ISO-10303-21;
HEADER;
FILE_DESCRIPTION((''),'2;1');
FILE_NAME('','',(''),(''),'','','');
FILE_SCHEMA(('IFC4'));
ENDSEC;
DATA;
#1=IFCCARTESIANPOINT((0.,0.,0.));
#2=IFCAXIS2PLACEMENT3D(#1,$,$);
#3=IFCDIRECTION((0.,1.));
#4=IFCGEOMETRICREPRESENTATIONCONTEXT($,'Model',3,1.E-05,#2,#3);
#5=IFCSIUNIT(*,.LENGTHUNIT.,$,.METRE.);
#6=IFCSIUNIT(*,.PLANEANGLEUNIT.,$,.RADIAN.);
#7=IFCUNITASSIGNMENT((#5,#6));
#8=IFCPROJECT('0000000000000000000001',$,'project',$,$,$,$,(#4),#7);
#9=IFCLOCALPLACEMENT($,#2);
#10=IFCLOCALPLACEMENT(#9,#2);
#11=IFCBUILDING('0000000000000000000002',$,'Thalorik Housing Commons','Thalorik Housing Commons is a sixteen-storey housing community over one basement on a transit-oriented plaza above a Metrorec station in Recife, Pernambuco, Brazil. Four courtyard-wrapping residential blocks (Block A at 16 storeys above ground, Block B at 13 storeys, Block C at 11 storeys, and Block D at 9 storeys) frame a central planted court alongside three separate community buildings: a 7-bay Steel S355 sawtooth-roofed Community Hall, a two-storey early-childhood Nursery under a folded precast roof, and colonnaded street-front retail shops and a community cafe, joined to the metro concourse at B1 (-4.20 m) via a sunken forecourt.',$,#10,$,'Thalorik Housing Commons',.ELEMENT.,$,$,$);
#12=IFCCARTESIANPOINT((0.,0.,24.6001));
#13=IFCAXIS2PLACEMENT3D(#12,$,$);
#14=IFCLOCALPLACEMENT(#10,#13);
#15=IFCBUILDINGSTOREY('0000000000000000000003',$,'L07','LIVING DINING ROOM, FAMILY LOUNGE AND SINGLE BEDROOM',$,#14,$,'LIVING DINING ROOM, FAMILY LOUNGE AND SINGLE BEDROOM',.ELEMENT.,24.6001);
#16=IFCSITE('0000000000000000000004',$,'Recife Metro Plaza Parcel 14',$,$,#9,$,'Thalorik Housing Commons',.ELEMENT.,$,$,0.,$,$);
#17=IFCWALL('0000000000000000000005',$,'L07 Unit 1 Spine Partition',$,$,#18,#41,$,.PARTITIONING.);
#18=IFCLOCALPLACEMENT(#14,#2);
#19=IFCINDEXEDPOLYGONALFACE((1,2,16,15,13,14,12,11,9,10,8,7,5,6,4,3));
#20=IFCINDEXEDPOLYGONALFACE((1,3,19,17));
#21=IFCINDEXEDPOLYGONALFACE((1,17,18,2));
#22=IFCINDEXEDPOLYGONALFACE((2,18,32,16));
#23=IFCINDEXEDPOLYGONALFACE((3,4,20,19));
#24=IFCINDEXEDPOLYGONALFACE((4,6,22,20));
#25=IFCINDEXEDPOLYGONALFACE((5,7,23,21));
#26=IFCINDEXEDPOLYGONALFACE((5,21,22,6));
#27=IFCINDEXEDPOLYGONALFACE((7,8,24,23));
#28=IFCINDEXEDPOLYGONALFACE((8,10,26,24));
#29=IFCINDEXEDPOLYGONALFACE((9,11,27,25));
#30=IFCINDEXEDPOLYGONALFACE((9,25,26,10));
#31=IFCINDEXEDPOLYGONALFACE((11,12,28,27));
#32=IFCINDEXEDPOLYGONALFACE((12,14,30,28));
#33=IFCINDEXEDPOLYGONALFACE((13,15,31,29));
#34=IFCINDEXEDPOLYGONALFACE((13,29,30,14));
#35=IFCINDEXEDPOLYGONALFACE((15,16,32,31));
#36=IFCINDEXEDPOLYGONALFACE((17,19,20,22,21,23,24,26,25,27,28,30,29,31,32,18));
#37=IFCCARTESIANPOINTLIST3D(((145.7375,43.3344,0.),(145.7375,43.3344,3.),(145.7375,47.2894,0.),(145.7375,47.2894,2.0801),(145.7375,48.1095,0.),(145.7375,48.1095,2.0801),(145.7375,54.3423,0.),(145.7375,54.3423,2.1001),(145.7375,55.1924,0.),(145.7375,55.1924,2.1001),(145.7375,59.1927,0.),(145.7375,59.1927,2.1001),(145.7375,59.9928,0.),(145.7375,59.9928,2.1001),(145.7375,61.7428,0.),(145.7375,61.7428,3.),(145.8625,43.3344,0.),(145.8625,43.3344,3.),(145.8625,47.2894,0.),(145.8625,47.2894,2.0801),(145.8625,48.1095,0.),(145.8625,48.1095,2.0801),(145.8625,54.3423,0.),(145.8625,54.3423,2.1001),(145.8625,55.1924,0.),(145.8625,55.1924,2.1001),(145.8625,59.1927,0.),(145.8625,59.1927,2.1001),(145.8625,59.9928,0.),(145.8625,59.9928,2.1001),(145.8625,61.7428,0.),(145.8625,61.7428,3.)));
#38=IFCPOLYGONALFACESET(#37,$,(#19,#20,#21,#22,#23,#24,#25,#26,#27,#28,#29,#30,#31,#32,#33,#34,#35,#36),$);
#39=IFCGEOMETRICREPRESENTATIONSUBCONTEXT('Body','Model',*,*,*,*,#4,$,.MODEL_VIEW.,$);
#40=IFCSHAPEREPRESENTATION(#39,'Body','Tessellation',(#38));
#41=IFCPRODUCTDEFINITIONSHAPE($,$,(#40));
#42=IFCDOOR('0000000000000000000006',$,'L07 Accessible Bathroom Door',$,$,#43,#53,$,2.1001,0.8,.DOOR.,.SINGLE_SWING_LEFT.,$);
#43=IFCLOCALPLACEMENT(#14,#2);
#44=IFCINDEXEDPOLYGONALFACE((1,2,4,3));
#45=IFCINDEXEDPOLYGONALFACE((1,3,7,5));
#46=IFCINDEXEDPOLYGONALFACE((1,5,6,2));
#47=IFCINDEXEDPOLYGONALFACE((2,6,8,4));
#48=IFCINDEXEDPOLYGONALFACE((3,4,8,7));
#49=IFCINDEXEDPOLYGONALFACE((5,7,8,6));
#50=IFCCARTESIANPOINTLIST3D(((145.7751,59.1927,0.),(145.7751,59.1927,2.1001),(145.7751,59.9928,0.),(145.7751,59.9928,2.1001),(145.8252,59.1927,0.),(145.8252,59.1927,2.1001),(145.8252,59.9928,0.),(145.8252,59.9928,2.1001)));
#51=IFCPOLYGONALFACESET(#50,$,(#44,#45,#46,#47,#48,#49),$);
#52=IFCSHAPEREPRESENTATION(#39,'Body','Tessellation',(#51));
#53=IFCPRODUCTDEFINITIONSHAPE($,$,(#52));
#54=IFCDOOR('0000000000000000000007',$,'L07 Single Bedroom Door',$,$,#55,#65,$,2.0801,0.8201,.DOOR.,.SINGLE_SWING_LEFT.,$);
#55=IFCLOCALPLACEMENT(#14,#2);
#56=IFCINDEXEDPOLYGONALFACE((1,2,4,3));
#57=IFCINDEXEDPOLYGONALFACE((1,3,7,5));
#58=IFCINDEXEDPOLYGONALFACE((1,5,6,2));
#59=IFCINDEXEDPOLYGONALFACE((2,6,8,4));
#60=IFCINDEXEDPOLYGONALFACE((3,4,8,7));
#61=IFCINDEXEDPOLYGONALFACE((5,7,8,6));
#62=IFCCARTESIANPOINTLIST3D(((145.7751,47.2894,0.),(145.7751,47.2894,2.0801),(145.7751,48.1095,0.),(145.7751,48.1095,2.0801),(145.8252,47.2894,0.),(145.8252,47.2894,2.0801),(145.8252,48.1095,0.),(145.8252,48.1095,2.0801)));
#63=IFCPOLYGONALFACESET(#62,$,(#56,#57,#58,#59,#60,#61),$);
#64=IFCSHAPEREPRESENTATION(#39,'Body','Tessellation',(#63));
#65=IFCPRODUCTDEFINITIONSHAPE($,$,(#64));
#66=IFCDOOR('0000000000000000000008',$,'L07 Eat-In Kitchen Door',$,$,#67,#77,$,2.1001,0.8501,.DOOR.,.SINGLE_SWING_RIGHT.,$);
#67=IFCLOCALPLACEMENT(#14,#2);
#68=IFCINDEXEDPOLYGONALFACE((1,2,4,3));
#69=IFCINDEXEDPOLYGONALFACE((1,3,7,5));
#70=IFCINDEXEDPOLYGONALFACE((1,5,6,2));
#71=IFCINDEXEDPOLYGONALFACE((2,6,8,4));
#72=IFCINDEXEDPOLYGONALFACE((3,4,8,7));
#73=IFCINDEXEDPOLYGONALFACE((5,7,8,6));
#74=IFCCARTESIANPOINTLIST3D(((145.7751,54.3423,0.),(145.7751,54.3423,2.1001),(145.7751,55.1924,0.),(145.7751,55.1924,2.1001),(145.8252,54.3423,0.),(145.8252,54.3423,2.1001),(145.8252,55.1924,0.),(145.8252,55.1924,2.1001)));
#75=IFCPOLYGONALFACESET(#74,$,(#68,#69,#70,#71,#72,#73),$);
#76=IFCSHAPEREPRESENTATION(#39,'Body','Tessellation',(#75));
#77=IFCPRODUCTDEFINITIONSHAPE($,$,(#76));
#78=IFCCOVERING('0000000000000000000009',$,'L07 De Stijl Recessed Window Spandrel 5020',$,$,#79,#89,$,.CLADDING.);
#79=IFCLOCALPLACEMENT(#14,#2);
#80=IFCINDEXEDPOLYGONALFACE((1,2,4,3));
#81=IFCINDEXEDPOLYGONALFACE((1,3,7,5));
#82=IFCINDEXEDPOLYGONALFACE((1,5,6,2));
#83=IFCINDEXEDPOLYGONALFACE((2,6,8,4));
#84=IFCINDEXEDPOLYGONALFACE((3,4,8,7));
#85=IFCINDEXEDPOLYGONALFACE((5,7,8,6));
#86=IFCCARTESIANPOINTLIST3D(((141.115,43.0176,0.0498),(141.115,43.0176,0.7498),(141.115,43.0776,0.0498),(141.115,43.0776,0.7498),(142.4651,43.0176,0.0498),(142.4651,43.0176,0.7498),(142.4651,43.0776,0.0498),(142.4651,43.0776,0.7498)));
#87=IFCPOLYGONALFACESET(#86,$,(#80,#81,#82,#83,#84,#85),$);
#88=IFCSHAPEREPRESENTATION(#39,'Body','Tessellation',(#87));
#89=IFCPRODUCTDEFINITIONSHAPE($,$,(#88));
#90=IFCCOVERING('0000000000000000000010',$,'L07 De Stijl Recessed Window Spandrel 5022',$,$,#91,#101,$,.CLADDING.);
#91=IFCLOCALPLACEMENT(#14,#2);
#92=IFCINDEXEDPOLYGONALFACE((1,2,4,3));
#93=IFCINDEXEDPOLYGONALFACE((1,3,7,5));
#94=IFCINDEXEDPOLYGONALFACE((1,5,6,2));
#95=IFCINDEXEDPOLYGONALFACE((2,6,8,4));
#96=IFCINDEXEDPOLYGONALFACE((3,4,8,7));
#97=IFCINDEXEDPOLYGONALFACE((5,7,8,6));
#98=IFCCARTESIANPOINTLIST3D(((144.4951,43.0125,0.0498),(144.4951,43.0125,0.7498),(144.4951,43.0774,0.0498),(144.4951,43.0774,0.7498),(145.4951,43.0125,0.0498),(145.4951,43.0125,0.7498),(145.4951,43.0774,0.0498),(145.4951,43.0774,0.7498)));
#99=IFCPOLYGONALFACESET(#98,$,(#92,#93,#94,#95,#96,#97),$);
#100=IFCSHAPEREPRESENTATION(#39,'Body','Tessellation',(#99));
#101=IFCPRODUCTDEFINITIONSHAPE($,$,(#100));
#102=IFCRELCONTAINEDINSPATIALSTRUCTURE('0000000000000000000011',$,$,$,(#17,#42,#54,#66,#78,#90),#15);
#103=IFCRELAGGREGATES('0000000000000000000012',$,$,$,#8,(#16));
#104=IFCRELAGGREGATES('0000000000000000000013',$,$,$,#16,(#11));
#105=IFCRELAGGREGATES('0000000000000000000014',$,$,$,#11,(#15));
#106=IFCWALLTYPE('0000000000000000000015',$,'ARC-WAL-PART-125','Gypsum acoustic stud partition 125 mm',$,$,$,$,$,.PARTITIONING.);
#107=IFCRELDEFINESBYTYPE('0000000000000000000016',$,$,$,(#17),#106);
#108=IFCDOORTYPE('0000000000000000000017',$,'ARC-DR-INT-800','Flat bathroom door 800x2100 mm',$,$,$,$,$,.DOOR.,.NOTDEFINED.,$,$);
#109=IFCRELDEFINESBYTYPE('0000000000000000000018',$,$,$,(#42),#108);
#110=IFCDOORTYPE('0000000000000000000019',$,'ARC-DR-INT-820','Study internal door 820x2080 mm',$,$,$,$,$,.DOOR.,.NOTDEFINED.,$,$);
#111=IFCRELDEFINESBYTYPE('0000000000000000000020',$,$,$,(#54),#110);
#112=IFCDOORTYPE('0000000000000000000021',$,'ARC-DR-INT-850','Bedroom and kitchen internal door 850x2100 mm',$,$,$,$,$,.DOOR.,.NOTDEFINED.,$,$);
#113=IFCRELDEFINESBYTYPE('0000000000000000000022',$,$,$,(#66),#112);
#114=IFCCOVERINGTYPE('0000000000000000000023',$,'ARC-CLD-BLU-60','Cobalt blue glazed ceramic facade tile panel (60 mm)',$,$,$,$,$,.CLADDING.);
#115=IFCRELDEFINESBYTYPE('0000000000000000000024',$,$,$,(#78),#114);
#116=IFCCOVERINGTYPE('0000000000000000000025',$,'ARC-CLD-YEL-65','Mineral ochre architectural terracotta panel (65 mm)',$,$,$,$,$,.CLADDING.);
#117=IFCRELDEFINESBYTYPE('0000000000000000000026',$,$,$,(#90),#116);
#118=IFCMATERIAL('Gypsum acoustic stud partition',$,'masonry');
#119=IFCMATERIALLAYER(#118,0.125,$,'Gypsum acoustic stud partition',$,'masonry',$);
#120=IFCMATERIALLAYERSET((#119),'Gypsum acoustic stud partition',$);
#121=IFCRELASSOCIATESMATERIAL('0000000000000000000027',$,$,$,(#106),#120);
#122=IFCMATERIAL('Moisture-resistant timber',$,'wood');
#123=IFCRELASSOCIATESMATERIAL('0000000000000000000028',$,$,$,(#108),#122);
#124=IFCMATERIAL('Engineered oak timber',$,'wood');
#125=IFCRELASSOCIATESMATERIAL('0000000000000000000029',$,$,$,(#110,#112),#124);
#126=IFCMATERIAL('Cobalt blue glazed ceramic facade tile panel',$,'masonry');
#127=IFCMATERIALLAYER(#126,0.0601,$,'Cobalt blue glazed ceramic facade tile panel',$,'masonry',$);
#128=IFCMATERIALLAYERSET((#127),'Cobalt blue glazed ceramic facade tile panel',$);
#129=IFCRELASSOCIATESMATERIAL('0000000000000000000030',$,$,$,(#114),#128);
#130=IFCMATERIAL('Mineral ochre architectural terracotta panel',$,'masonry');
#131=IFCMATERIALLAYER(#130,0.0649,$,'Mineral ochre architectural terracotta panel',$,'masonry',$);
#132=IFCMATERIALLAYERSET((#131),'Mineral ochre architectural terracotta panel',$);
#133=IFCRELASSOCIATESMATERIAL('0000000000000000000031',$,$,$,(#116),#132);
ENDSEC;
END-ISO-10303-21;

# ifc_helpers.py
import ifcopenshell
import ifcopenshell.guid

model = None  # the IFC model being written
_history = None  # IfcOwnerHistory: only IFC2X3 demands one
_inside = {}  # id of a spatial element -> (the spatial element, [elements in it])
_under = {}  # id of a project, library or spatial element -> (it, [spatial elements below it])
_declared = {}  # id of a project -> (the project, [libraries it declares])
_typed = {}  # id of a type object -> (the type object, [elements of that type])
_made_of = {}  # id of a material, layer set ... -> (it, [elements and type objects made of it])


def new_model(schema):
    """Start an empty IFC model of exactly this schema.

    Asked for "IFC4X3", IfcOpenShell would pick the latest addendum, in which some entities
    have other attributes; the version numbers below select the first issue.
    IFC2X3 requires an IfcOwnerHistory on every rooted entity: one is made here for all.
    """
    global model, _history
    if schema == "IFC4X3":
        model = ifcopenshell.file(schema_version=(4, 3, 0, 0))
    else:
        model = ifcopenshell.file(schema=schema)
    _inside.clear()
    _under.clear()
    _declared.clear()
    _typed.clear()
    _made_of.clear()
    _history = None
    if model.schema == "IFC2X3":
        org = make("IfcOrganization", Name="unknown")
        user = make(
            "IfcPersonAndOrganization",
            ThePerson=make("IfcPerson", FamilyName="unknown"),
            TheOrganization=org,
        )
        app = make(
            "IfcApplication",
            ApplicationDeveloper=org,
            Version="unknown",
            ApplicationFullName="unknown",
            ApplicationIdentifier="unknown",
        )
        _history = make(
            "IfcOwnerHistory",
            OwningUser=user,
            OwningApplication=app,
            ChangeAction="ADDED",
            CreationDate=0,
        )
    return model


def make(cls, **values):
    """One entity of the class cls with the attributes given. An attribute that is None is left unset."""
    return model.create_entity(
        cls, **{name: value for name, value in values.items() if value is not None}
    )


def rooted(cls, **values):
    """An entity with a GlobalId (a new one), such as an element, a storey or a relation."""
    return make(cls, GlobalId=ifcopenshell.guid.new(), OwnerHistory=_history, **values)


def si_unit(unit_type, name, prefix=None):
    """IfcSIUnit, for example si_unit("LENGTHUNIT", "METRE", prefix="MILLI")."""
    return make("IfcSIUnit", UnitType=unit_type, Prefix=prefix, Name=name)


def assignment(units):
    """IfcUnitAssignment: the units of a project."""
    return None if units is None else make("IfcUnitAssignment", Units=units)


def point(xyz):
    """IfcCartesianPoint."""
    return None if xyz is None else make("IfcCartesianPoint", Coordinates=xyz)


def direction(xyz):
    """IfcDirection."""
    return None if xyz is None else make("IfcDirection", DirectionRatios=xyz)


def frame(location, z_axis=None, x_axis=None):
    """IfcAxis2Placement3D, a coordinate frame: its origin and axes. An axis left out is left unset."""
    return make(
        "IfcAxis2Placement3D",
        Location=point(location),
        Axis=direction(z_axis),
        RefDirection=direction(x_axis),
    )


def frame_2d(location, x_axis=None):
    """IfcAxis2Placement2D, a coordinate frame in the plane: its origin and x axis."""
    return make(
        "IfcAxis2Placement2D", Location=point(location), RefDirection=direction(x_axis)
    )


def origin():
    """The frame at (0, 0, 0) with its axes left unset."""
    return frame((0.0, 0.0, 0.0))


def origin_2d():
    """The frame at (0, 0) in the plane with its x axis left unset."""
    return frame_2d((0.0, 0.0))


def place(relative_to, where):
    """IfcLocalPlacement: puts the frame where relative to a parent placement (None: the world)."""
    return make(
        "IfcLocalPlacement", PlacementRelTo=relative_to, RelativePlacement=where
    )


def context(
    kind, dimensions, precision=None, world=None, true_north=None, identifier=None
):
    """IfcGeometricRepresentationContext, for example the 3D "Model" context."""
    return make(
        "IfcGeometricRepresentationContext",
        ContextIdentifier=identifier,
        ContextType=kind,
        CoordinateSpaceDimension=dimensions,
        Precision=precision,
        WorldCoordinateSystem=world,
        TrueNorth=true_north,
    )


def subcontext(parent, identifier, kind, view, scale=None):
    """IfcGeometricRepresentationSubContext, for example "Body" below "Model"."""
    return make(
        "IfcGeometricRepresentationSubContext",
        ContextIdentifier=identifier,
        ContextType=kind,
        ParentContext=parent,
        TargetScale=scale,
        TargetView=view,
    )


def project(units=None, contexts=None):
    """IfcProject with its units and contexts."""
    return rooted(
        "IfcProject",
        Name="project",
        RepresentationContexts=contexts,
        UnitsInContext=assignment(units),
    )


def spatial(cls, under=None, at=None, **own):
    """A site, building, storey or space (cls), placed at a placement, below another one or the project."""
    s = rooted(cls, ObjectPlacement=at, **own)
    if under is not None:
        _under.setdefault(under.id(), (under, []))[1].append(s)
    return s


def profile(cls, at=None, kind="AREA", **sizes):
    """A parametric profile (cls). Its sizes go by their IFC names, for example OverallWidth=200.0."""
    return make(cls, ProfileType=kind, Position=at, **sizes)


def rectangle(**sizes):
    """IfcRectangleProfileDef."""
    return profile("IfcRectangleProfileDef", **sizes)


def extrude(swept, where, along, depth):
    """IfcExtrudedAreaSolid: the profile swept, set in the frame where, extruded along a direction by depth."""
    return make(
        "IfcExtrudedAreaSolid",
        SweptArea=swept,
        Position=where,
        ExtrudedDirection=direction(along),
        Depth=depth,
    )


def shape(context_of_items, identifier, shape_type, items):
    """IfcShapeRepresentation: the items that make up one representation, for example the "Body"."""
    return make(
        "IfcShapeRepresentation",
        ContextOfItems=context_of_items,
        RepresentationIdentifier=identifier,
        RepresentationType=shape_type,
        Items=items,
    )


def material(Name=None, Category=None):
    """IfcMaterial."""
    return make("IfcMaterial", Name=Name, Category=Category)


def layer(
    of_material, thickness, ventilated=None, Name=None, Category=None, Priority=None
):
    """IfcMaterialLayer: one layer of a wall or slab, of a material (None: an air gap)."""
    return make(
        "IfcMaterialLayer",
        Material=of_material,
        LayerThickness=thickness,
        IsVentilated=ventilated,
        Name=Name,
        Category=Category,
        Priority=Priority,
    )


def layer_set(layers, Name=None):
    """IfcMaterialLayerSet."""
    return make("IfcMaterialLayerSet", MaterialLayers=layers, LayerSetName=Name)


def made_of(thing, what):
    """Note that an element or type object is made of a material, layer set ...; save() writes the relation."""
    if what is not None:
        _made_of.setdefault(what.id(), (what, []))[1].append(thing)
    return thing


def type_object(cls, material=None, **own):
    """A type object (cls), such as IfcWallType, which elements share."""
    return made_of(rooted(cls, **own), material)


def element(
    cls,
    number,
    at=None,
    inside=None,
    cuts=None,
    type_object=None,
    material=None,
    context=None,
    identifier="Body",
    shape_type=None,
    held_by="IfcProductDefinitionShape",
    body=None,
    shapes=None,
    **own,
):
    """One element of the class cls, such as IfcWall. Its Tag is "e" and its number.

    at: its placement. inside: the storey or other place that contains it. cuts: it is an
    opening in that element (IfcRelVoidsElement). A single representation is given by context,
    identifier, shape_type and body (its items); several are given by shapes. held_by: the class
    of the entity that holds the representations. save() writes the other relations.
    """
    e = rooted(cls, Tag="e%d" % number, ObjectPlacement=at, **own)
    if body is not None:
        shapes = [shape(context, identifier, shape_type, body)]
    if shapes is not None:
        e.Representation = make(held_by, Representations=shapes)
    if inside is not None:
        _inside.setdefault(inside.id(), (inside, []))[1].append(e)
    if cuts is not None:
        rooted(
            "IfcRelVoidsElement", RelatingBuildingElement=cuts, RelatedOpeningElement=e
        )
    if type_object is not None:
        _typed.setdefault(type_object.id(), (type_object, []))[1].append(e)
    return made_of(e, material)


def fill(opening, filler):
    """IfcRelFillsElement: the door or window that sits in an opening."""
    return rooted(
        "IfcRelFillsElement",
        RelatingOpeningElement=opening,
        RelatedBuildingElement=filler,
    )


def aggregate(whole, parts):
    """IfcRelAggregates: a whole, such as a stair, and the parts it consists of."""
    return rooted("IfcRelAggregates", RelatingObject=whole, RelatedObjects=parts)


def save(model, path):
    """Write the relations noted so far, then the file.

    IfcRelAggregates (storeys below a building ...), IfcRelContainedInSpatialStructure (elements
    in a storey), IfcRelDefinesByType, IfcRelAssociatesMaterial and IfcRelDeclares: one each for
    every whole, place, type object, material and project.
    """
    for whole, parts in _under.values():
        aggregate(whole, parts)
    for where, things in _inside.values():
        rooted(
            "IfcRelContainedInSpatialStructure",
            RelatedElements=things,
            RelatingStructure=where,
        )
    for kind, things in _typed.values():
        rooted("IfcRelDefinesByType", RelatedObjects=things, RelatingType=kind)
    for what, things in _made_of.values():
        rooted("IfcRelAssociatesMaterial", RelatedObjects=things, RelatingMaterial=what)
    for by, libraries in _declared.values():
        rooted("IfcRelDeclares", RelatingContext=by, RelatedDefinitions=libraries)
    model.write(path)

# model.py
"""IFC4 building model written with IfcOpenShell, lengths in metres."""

from ifc_helpers import new_model, si_unit, direction, frame, frame_2d, origin, origin_2d, place, context, subcontext, project, spatial, rectangle, extrude, material, layer, layer_set, type_object, element, fill, save


model = new_model("IFC4")

# Units and contexts
model_context = context("Model", 3, precision=1e-05, world=origin(), true_north=direction((0.0, 1.0)))
body_context = subcontext(model_context, "Body", "Model", "MODEL_VIEW")
ifc_project = project(units=[si_unit("LENGTHUNIT", "METRE"), si_unit("PLANEANGLEUNIT", "RADIAN")], contexts=[model_context])

# Site, building, storey
site_placement = place(None, origin())
site = spatial("IfcSite", under=ifc_project, at=site_placement, Name="Recife Metro Plaza Parcel 14", LongName="Thalorik Housing Commons", CompositionType="ELEMENT", RefElevation=0.0)
building_placement = place(site_placement, origin())
building = spatial("IfcBuilding", under=site, at=building_placement, Name="Thalorik Housing Commons", Description="Thalorik Housing Commons is a sixteen-storey housing community over one basement on a transit-oriented plaza above a Metrorec station in Recife, Pernambuco, Brazil. Four courtyard-wrapping residential blocks (Block A at 16 storeys above ground, Block B at 13 storeys, Block C at 11 storeys, and Block D at 9 storeys) frame a central planted court alongside three separate community buildings: a 7-bay Steel S355 sawtooth-roofed Community Hall, a two-storey early-childhood Nursery under a folded precast roof, and colonnaded street-front retail shops and a community cafe, joined to the metro concourse at B1 (-4.20 m) via a sunken forecourt.", LongName="Thalorik Housing Commons", CompositionType="ELEMENT")
storey_placement = place(building_placement, frame((0.0, 0.0, 24.6001)))
storey = spatial("IfcBuildingStorey", under=building, at=storey_placement, Name="L07", Description="LIVING DINING ROOM, FAMILY LOUNGE AND SINGLE BEDROOM", LongName="LIVING DINING ROOM, FAMILY LOUNGE AND SINGLE BEDROOM", CompositionType="ELEMENT", Elevation=24.6001)

# Wall, openings, doors
ifc_material_1 = material(Name="Gypsum acoustic stud partition", Category="masonry")
ifc_layer_1 = layer(ifc_material_1, 0.125, Name="Gypsum acoustic stud partition", Category="masonry")
ifc_layer_set_1 = layer_set([ifc_layer_1], Name="Gypsum acoustic stud partition")
wall_type_1 = type_object("IfcWallType", Name="ARC-WAL-PART-125", Description="Gypsum acoustic stud partition 125 mm", PredefinedType="PARTITIONING", material=ifc_layer_set_1)
wall_1_placement = place(storey_placement, frame((145.8, 43.3345, 0.0), z_axis=(0.0, 0.0, 1.0), x_axis=(0.0, 1.0, 0.0)))
wall_1 = element("IfcWall", 1, at=wall_1_placement, inside=storey, type_object=wall_type_1, Name="L07 Unit 1 Spine Partition", PredefinedType="PARTITIONING", context=body_context, shape_type="SweptSolid", body=[
    extrude(rectangle(XDim=18.4084, YDim=0.125, at=frame_2d((9.2041, 0.0))), origin(), (0.0, 0.0, 1.0), 3.0),
])
opening_1_placement = place(wall_1_placement, frame((3.9548, 0.0, 0.0)))
opening_1 = element("IfcOpeningElement", 2, at=opening_1_placement, cuts=wall_1, PredefinedType="OPENING", context=body_context, shape_type="SweptSolid", body=[
    extrude(rectangle(XDim=0.8201, YDim=2.0801, at=frame_2d((0.4102, 1.04))), frame((0.0, 0.0725, 0.0), z_axis=(0.0, -1.0, 0.0), x_axis=(1.0, 0.0, 0.0)), (0.0, 0.0, 1.0), 0.145),
])
opening_2_placement = place(wall_1_placement, frame((11.0078, 0.0, 0.0)))
opening_2 = element("IfcOpeningElement", 3, at=opening_2_placement, cuts=wall_1, PredefinedType="OPENING", context=body_context, shape_type="SweptSolid", body=[
    extrude(rectangle(XDim=0.8501, YDim=2.1001, at=frame_2d((0.425, 1.05))), frame((0.0, 0.0725, 0.0), z_axis=(0.0, -1.0, 0.0), x_axis=(1.0, 0.0, 0.0)), (0.0, 0.0, 1.0), 0.145),
])
opening_3_placement = place(wall_1_placement, frame((15.8584, 0.0, 0.0)))
opening_3 = element("IfcOpeningElement", 4, at=opening_3_placement, cuts=wall_1, PredefinedType="OPENING", context=body_context, shape_type="SweptSolid", body=[
    extrude(rectangle(XDim=0.8, YDim=2.1001, at=frame_2d((0.3999, 1.05))), frame((0.0, 0.0725, 0.0), z_axis=(0.0, -1.0, 0.0), x_axis=(1.0, 0.0, 0.0)), (0.0, 0.0, 1.0), 0.145),
])
ifc_material_2 = material(Name="Moisture-resistant timber", Category="wood")
door_type_1 = type_object("IfcDoorType", Name="ARC-DR-INT-800", Description="Flat bathroom door 800x2100 mm", OperationType="NOTDEFINED", PredefinedType="DOOR", material=ifc_material_2)
door_1_placement = place(opening_3_placement, origin())
door_1 = element("IfcDoor", 5, at=door_1_placement, inside=storey, type_object=door_type_1, Name="L07 Accessible Bathroom Door", OperationType="SINGLE_SWING_LEFT", OverallHeight=2.1001, OverallWidth=0.8, PredefinedType="DOOR", context=body_context, shape_type="SweptSolid", body=[
    extrude(rectangle(XDim=0.8, YDim=2.1001, at=frame_2d((0.3999, 1.05))), frame((0.0, 0.0249, 0.0), z_axis=(0.0, -1.0, 0.0), x_axis=(1.0, 0.0, 0.0)), (0.0, 0.0, 1.0), 0.05),
])
fill(opening_3, door_1)
ifc_material_3 = material(Name="Engineered oak timber", Category="wood")
door_type_2 = type_object("IfcDoorType", Name="ARC-DR-INT-820", Description="Study internal door 820x2080 mm", OperationType="NOTDEFINED", PredefinedType="DOOR", material=ifc_material_3)
door_2_placement = place(opening_1_placement, origin())
door_2 = element("IfcDoor", 6, at=door_2_placement, inside=storey, type_object=door_type_2, Name="L07 Single Bedroom Door", OperationType="SINGLE_SWING_LEFT", OverallHeight=2.0801, OverallWidth=0.8201, PredefinedType="DOOR", context=body_context, shape_type="SweptSolid", body=[
    extrude(rectangle(XDim=0.8201, YDim=2.0801, at=frame_2d((0.4102, 1.04))), frame((0.0, 0.0249, 0.0), z_axis=(0.0, -1.0, 0.0), x_axis=(1.0, 0.0, 0.0)), (0.0, 0.0, 1.0), 0.05),
])
fill(opening_1, door_2)
door_type_3 = type_object("IfcDoorType", Name="ARC-DR-INT-850", Description="Bedroom and kitchen internal door 850x2100 mm", OperationType="NOTDEFINED", PredefinedType="DOOR", material=ifc_material_3)
door_3_placement = place(opening_2_placement, origin())
door_3 = element("IfcDoor", 7, at=door_3_placement, inside=storey, type_object=door_type_3, Name="L07 Eat-In Kitchen Door", OperationType="SINGLE_SWING_RIGHT", OverallHeight=2.1001, OverallWidth=0.8501, PredefinedType="DOOR", context=body_context, shape_type="SweptSolid", body=[
    extrude(rectangle(XDim=0.8501, YDim=2.1001, at=frame_2d((0.425, 1.05))), frame((0.0, 0.0249, 0.0), z_axis=(0.0, -1.0, 0.0), x_axis=(1.0, 0.0, 0.0)), (0.0, 0.0, 1.0), 0.05),
])
fill(opening_2, door_3)

# Coverings
ifc_material_4 = material(Name="Cobalt blue glazed ceramic facade tile panel", Category="masonry")
ifc_layer_2 = layer(ifc_material_4, 0.0601, Name="Cobalt blue glazed ceramic facade tile panel", Category="masonry")
ifc_layer_set_2 = layer_set([ifc_layer_2], Name="Cobalt blue glazed ceramic facade tile panel")
covering_type_1 = type_object("IfcCoveringType", Name="ARC-CLD-BLU-60", Description="Cobalt blue glazed ceramic facade tile panel (60 mm)", PredefinedType="CLADDING", material=ifc_layer_set_2)
covering_1_placement = place(storey_placement, frame((141.79, 43.0476, 0.0498), z_axis=(0.0, 0.0, 1.0), x_axis=(1.0, 0.0, 0.0)))
element("IfcCovering", 8, at=covering_1_placement, inside=storey, type_object=covering_type_1, Name="L07 De Stijl Recessed Window Spandrel 5020", PredefinedType="CLADDING", context=body_context, shape_type="SweptSolid", body=[
    extrude(rectangle(XDim=1.3501, YDim=0.0601, at=origin_2d()), origin(), (0.0, 0.0, 1.0), 0.7),
])
ifc_material_5 = material(Name="Mineral ochre architectural terracotta panel", Category="masonry")
ifc_layer_3 = layer(ifc_material_5, 0.0649, Name="Mineral ochre architectural terracotta panel", Category="masonry")
ifc_layer_set_3 = layer_set([ifc_layer_3], Name="Mineral ochre architectural terracotta panel")
covering_type_2 = type_object("IfcCoveringType", Name="ARC-CLD-YEL-65", Description="Mineral ochre architectural terracotta panel (65 mm)", PredefinedType="CLADDING", material=ifc_layer_set_3)
covering_2_placement = place(storey_placement, frame((144.9951, 43.0449, 0.0498), z_axis=(0.0, 0.0, 1.0), x_axis=(1.0, 0.0, 0.0)))
element("IfcCovering", 9, at=covering_2_placement, inside=storey, type_object=covering_type_2, Name="L07 De Stijl Recessed Window Spandrel 5022", PredefinedType="CLADDING", context=body_context, shape_type="SweptSolid", body=[
    extrude(rectangle(XDim=1.0, YDim=0.0649, at=origin_2d()), origin(), (0.0, 0.0, 1.0), 0.7),
])

save(model, "model.ifc")
